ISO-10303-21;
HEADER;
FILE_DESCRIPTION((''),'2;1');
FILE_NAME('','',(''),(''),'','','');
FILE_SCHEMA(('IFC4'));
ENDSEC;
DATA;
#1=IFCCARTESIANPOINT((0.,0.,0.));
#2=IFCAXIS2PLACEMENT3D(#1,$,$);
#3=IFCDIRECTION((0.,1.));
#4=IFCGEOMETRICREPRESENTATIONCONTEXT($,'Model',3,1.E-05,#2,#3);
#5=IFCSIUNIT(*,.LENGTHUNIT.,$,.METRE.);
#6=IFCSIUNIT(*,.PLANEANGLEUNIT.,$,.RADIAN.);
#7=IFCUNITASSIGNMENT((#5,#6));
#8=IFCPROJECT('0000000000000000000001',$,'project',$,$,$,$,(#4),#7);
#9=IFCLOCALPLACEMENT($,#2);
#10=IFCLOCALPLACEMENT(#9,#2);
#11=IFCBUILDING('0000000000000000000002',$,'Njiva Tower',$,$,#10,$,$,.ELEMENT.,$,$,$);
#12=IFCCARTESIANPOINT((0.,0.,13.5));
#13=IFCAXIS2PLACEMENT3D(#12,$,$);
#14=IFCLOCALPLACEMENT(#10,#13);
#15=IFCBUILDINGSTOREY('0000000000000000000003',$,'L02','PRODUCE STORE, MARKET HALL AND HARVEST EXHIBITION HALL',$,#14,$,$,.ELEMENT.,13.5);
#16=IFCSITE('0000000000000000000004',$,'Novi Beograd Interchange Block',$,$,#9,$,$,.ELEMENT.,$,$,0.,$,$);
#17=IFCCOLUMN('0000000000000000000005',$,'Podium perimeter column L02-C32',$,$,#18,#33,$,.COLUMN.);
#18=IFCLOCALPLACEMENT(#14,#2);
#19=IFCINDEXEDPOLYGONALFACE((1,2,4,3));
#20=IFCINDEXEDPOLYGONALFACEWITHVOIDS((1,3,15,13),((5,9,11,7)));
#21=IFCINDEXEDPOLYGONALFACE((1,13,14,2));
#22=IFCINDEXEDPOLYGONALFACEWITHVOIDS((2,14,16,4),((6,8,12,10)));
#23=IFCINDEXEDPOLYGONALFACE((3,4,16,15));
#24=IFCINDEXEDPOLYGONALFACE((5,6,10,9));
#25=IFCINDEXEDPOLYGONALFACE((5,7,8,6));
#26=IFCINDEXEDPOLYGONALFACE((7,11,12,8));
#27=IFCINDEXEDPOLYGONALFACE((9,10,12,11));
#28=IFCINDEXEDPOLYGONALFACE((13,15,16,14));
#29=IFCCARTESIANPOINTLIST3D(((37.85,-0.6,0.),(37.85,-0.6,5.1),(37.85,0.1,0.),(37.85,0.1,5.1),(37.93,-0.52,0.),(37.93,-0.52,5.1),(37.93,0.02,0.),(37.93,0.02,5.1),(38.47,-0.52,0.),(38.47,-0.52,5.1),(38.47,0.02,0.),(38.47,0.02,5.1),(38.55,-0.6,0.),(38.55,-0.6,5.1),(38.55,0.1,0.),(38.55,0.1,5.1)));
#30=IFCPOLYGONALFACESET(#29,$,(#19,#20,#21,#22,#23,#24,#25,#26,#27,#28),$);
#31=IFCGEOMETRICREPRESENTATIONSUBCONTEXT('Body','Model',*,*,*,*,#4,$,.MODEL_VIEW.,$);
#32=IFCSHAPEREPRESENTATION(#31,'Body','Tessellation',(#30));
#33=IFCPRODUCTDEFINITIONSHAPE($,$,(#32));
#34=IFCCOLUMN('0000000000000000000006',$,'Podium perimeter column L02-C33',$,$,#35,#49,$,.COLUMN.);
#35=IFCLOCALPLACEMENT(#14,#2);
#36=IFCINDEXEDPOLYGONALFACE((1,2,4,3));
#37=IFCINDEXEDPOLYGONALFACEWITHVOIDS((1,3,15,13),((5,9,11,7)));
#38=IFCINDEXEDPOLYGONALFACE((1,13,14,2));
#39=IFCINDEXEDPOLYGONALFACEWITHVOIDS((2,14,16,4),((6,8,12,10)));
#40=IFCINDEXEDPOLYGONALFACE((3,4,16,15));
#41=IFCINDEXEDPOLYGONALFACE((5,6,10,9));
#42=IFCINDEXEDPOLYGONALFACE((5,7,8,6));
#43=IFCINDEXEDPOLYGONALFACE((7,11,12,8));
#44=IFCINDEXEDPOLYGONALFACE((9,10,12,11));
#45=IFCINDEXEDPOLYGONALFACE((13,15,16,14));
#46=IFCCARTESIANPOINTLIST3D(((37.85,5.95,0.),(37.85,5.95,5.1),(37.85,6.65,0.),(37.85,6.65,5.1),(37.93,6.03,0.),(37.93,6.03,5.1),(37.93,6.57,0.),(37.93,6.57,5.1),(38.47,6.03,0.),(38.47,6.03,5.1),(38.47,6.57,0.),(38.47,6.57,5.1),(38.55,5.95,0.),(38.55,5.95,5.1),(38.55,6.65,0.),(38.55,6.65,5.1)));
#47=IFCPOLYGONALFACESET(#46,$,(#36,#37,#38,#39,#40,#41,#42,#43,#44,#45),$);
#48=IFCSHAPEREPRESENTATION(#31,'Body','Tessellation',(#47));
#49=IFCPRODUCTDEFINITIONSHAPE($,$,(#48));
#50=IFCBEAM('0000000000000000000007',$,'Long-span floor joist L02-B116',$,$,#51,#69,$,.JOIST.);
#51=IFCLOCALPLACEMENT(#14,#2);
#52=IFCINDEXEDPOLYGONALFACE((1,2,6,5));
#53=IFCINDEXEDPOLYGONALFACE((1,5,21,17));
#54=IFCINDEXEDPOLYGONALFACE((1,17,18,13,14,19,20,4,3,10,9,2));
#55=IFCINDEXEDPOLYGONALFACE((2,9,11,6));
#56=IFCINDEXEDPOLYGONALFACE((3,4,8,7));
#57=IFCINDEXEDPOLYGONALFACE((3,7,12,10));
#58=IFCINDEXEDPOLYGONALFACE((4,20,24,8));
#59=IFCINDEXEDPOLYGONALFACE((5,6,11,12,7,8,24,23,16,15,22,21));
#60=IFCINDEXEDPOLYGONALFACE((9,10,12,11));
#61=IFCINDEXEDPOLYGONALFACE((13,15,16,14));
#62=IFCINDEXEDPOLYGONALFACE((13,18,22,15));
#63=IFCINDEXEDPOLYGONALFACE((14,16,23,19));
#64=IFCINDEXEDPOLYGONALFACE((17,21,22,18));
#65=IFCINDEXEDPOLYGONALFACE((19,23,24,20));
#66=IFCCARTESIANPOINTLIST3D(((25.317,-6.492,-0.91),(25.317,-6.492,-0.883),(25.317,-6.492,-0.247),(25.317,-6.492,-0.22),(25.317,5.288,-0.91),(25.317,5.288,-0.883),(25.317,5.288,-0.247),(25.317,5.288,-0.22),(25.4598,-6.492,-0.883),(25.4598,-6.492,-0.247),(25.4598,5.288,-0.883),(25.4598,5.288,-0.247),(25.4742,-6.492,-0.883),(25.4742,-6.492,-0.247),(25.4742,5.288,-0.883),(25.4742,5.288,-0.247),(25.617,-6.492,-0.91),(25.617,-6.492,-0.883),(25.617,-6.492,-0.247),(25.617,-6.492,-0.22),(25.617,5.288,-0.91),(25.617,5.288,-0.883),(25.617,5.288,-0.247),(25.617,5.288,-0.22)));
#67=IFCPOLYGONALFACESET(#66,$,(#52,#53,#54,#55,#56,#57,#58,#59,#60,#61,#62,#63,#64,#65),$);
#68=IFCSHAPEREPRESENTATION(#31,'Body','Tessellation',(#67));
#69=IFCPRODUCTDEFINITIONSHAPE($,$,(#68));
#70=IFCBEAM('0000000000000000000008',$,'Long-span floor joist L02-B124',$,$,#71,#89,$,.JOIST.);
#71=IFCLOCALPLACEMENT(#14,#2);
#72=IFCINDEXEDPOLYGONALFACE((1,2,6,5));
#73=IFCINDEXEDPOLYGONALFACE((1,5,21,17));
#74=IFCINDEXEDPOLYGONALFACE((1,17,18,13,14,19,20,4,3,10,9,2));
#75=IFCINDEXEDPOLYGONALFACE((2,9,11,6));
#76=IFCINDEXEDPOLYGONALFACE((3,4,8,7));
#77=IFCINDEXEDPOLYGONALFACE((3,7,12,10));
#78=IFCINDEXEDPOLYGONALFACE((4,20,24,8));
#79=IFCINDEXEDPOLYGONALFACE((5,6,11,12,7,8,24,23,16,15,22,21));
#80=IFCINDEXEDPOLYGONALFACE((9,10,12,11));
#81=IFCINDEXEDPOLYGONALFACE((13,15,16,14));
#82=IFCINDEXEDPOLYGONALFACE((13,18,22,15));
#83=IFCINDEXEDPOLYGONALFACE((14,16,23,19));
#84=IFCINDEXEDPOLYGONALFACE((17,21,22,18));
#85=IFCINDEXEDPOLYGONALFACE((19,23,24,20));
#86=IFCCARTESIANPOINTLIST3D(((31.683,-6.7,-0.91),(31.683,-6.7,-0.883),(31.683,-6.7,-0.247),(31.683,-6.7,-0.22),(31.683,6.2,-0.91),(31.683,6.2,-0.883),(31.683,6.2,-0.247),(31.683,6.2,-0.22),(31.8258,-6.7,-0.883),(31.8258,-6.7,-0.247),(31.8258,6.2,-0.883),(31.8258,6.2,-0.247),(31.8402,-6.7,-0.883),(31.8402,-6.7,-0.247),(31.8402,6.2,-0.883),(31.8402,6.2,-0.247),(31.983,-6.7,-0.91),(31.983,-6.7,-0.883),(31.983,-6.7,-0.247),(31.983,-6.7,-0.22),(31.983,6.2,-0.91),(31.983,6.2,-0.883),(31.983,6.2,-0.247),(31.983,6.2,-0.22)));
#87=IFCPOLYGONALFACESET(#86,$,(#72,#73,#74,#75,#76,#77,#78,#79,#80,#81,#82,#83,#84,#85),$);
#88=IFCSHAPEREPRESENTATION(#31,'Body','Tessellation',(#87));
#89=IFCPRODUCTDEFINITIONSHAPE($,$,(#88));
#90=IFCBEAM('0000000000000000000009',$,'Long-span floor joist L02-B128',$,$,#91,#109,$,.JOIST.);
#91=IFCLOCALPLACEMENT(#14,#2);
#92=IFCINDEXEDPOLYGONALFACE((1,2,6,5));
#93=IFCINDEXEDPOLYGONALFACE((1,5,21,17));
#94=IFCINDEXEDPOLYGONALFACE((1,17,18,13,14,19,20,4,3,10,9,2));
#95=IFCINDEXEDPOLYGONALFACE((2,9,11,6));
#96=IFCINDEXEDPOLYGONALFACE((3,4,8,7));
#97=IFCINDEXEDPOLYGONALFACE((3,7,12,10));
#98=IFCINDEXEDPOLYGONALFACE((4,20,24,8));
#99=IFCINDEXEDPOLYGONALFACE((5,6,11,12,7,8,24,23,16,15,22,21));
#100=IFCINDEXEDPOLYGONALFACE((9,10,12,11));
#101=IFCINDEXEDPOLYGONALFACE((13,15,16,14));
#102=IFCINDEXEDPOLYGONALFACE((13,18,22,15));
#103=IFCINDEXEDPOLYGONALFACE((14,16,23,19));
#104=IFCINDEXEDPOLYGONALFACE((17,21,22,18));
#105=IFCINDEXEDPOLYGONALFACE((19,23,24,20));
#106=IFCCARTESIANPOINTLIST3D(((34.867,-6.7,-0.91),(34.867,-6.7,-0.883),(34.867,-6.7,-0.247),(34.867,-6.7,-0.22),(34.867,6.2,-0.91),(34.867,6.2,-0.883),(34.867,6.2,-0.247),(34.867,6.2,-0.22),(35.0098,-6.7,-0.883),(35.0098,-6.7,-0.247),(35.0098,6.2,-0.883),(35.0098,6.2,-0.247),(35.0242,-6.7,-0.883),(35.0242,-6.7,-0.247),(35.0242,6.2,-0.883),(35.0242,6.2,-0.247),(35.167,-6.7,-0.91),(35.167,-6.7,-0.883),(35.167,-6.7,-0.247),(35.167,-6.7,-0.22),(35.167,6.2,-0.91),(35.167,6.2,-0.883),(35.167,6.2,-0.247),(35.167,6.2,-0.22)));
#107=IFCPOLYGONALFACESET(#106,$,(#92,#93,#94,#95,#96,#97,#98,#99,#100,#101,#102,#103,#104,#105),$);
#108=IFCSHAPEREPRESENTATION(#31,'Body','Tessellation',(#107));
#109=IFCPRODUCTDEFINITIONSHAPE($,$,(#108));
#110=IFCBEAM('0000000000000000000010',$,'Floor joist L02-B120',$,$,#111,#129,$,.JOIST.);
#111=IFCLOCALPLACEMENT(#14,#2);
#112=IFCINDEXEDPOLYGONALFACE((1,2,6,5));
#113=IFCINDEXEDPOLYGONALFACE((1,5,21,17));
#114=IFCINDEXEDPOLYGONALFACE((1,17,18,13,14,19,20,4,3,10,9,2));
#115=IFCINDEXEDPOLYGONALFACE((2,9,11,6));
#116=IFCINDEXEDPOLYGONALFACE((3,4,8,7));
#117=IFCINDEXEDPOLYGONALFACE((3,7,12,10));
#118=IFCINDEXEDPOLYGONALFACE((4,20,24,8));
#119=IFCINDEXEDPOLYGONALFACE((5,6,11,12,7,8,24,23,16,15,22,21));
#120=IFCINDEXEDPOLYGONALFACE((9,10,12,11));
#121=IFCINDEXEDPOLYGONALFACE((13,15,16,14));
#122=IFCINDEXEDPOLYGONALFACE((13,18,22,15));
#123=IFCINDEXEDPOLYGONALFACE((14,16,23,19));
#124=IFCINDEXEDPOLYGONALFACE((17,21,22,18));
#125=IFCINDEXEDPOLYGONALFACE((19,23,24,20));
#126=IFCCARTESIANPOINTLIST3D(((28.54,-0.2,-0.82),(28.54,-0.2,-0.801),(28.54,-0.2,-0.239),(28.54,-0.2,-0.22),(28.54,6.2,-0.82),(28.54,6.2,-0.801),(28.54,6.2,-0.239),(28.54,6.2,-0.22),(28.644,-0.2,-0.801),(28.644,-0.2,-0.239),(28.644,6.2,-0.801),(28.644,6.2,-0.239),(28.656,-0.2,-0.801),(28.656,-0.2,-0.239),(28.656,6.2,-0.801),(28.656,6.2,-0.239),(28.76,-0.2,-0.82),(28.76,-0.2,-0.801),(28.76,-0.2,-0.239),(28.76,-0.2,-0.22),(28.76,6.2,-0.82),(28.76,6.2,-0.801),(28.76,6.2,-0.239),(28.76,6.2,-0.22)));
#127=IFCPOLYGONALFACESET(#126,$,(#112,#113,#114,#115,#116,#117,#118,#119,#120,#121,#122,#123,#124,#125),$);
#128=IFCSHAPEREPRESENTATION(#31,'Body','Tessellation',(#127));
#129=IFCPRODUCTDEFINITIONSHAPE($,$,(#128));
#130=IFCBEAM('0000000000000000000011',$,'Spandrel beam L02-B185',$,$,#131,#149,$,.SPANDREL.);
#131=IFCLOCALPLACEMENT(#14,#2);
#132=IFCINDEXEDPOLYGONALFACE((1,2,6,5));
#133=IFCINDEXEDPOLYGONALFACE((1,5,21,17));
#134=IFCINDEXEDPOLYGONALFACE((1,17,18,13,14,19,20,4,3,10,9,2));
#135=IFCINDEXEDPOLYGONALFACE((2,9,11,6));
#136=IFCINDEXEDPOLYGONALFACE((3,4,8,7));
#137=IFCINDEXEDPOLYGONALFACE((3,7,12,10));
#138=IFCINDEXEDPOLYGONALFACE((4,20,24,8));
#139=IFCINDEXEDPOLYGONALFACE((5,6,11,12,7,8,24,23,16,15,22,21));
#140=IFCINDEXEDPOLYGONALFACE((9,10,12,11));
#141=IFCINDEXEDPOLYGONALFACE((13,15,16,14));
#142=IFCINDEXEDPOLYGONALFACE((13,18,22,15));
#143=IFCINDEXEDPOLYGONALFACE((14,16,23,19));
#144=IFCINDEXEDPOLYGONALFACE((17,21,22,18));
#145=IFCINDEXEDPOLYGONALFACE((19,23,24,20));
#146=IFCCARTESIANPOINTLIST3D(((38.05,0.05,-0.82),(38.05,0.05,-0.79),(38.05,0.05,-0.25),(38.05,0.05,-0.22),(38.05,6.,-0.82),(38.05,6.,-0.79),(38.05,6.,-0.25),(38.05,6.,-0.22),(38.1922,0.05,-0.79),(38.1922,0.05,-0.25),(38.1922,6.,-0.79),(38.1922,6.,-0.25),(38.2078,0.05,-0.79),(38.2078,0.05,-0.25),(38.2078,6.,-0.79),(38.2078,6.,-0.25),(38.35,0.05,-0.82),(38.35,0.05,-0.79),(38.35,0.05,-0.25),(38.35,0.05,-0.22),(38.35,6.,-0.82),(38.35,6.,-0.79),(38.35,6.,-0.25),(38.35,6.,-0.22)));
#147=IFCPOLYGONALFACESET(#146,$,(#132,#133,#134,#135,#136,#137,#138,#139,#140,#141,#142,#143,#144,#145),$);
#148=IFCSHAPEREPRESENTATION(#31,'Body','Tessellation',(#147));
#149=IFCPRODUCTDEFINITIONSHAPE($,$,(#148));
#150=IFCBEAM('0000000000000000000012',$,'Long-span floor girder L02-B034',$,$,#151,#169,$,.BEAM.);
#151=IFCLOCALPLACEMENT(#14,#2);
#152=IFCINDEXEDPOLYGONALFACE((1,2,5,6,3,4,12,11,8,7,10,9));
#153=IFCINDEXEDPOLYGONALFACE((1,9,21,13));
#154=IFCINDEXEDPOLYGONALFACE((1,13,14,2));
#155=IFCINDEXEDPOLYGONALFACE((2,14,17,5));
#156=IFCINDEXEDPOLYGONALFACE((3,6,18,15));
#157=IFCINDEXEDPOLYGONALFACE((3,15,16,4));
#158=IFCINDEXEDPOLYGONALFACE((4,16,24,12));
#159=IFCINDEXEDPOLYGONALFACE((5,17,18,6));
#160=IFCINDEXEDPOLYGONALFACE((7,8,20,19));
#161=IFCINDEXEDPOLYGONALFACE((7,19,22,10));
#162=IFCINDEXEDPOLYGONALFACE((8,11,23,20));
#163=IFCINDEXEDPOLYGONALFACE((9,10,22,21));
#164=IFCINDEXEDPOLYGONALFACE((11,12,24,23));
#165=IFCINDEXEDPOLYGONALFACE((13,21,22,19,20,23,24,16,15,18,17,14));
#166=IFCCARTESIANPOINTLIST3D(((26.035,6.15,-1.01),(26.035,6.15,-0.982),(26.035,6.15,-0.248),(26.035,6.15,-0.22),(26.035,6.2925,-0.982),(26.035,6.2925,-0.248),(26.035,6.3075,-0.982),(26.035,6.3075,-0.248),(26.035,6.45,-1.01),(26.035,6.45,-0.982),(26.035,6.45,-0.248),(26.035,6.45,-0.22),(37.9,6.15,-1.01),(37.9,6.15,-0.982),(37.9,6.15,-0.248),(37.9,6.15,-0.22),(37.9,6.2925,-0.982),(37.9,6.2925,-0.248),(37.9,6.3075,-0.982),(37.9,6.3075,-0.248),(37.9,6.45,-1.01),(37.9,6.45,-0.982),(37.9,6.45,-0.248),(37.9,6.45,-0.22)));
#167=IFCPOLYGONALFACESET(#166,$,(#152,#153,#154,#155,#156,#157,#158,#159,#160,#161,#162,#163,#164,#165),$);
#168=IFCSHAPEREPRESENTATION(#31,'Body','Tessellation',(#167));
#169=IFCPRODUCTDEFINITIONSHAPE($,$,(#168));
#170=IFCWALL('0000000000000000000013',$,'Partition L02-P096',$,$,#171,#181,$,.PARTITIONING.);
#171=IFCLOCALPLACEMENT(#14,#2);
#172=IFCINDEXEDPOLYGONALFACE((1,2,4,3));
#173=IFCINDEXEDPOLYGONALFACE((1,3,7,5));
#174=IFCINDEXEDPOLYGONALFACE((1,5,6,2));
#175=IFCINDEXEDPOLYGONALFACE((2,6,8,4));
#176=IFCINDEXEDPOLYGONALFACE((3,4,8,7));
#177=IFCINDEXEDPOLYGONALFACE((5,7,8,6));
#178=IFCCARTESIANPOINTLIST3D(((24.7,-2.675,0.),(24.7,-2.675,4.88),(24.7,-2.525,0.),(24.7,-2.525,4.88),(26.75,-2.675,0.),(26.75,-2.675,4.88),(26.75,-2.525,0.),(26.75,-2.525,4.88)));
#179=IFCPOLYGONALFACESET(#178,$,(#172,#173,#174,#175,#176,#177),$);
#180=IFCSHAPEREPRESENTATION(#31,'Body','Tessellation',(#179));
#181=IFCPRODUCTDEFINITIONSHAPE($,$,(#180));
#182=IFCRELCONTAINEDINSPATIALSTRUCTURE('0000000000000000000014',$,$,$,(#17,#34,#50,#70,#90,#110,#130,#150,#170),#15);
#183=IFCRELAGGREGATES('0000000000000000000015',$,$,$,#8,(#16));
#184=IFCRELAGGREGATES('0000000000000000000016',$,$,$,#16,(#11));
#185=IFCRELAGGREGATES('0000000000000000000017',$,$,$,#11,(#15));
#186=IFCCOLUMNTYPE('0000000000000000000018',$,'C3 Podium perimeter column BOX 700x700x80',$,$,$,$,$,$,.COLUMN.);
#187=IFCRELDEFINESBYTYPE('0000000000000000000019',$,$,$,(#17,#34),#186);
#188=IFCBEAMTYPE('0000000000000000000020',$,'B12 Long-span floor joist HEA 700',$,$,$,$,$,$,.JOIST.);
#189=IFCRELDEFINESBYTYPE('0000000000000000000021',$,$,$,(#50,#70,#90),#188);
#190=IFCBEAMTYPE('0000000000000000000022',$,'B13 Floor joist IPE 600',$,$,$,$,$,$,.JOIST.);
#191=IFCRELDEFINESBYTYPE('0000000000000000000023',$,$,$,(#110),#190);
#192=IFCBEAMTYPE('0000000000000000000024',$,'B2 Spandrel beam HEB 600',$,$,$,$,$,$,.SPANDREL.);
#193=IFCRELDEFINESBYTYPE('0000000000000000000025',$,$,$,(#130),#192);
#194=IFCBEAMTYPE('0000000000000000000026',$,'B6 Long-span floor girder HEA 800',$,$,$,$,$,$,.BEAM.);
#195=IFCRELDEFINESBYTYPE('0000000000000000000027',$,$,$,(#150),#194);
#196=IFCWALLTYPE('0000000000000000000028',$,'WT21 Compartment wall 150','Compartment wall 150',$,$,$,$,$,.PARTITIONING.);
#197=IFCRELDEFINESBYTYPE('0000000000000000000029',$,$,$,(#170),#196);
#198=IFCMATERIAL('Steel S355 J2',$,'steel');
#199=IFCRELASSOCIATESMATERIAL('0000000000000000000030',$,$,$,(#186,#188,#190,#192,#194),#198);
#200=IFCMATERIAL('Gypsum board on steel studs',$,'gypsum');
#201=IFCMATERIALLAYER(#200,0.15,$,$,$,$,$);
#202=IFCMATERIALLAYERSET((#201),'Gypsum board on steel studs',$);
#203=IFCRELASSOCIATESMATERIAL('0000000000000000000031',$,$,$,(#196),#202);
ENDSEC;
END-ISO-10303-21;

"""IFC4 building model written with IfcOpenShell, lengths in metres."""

from ifc_helpers import new_model, si_unit, direction, frame, frame_2d, origin, origin_2d, place, context, subcontext, project, spatial, rectangle, hollow_rectangle, i_section, extrude, material, layer, layer_set, material_profile, profile_set, type_object, element, save


model = new_model("IFC4")

# Units and contexts
model_context = context("Model", 3, precision=1e-05, world=origin(), true_north=direction((0.0, 1.0)))
body_context = subcontext(model_context, "Body", "Model", "MODEL_VIEW")
ifc_project = project(units=[si_unit("LENGTHUNIT", "METRE"), si_unit("PLANEANGLEUNIT", "RADIAN")], contexts=[model_context])

# Site, building, storey
site_placement = place(None, origin())
site = spatial("IfcSite", under=ifc_project, at=site_placement, Name="Novi Beograd Interchange Block", CompositionType="ELEMENT", RefElevation=0.0)
building_placement = place(site_placement, origin())
building = spatial("IfcBuilding", under=site, at=building_placement, Name="Njiva Tower", CompositionType="ELEMENT")
storey_placement = place(building_placement, frame((0.0, 0.0, 13.5)))
storey = spatial("IfcBuildingStorey", under=building, at=storey_placement, Name="L02", Description="PRODUCE STORE, MARKET HALL AND HARVEST EXHIBITION HALL", CompositionType="ELEMENT", Elevation=13.5)

# Columns
ifc_material_1 = material(Name="Steel S355 J2", Category="steel")
ifc_material_profile_1 = material_profile(ifc_material_1, hollow_rectangle(XDim=0.7, YDim=0.7, WallThickness=0.08, at=origin_2d()), Name="BOX 700x700x80")
ifc_profile_set_1 = profile_set([ifc_material_profile_1], Name="Steel S355 J2")
column_type = type_object("IfcColumnType", Name="C3 Podium perimeter column BOX 700x700x80", PredefinedType="COLUMN", material=ifc_profile_set_1)
for number, where, z_axis, x_axis, name in (
    (1, (38.2, -0.25, 0.0), (0.0, 0.0, 1.0), (0.0, 1.0, 0.0), "Podium perimeter column L02-C32"),
    (2, (38.2, 6.3, 0.0), (0.0, 0.0, 1.0), (0.0, 1.0, 0.0), "Podium perimeter column L02-C33"),
):
    element("IfcColumn", number, at=place(storey_placement, frame(where, z_axis=z_axis, x_axis=x_axis)), inside=storey, type_object=column_type, Name=name, PredefinedType="COLUMN", context=body_context, shape_type="SweptSolid", body=[
        extrude(hollow_rectangle(XDim=0.7, YDim=0.7, WallThickness=0.08, at=origin_2d()), origin(), (0.0, 0.0, 1.0), 5.1),
    ])

# Beams
ifc_material_profile_2 = material_profile(ifc_material_1, i_section(OverallWidth=0.3, OverallDepth=0.69, WebThickness=0.0145, FlangeThickness=0.027, at=origin_2d()), Name="HEA 700")
ifc_profile_set_2 = profile_set([ifc_material_profile_2], Name="Steel S355 J2")
beam_type_1 = type_object("IfcBeamType", Name="B12 Long-span floor joist HEA 700", PredefinedType="JOIST", material=ifc_profile_set_2)
beam_1_placement = place(storey_placement, frame((25.467, 5.288, -0.565), z_axis=(0.0, -1.0, 0.0), x_axis=(1.0, 0.0, 0.0)))
element("IfcBeam", 3, at=beam_1_placement, inside=storey, type_object=beam_type_1, Name="Long-span floor joist L02-B116", PredefinedType="JOIST", context=body_context, shape_type="SweptSolid", body=[
    extrude(i_section(OverallWidth=0.3, OverallDepth=0.69, WebThickness=0.0145, FlangeThickness=0.027, at=origin_2d()), origin(), (0.0, 0.0, 1.0), 11.78),
])
for number, where, z_axis, x_axis, name in (
    (4, (31.833, 6.2, -0.565), (0.0, -1.0, 0.0), (1.0, 0.0, 0.0), "Long-span floor joist L02-B124"),
    (5, (35.017, 6.2, -0.565), (0.0, -1.0, 0.0), (1.0, 0.0, 0.0), "Long-span floor joist L02-B128"),
):
    element("IfcBeam", number, at=place(storey_placement, frame(where, z_axis=z_axis, x_axis=x_axis)), inside=storey, type_object=beam_type_1, Name=name, PredefinedType="JOIST", context=body_context, shape_type="SweptSolid", body=[
        extrude(i_section(OverallWidth=0.3, OverallDepth=0.69, WebThickness=0.0145, FlangeThickness=0.027, at=origin_2d()), origin(), (0.0, 0.0, 1.0), 12.9),
    ])
ifc_material_profile_3 = material_profile(ifc_material_1, i_section(OverallWidth=0.22, OverallDepth=0.6, WebThickness=0.012, FlangeThickness=0.019, at=origin_2d()), Name="IPE 600")
ifc_profile_set_3 = profile_set([ifc_material_profile_3], Name="Steel S355 J2")
beam_type_2 = type_object("IfcBeamType", Name="B13 Floor joist IPE 600", PredefinedType="JOIST", material=ifc_profile_set_3)
beam_2_placement = place(storey_placement, frame((28.65, 6.2, -0.52), z_axis=(0.0, -1.0, 0.0), x_axis=(1.0, 0.0, 0.0)))
element("IfcBeam", 6, at=beam_2_placement, inside=storey, type_object=beam_type_2, Name="Floor joist L02-B120", PredefinedType="JOIST", context=body_context, shape_type="SweptSolid", body=[
    extrude(i_section(OverallWidth=0.22, OverallDepth=0.6, WebThickness=0.012, FlangeThickness=0.019, at=origin_2d()), origin(), (0.0, 0.0, 1.0), 6.4),
])
ifc_material_profile_4 = material_profile(ifc_material_1, i_section(OverallWidth=0.3, OverallDepth=0.6, WebThickness=0.0155, FlangeThickness=0.03, at=origin_2d()), Name="HEB 600")
ifc_profile_set_4 = profile_set([ifc_material_profile_4], Name="Steel S355 J2")
beam_type_3 = type_object("IfcBeamType", Name="B2 Spandrel beam HEB 600", PredefinedType="SPANDREL", material=ifc_profile_set_4)
beam_3_placement = place(storey_placement, frame((38.2, 0.05, -0.52), z_axis=(0.0, 1.0, 0.0), x_axis=(-1.0, 0.0, 0.0)))
element("IfcBeam", 7, at=beam_3_placement, inside=storey, type_object=beam_type_3, Name="Spandrel beam L02-B185", PredefinedType="SPANDREL", context=body_context, shape_type="SweptSolid", body=[
    extrude(i_section(OverallWidth=0.3, OverallDepth=0.6, WebThickness=0.0155, FlangeThickness=0.03, at=origin_2d()), origin(), (0.0, 0.0, 1.0), 5.95),
])
ifc_material_profile_5 = material_profile(ifc_material_1, i_section(OverallWidth=0.3, OverallDepth=0.79, WebThickness=0.015, FlangeThickness=0.028, at=origin_2d()), Name="HEA 800")
ifc_profile_set_5 = profile_set([ifc_material_profile_5], Name="Steel S355 J2")
beam_type_4 = type_object("IfcBeamType", Name="B6 Long-span floor girder HEA 800", PredefinedType="BEAM", material=ifc_profile_set_5)
beam_4_placement = place(storey_placement, frame((26.035, 6.3, -0.615), z_axis=(1.0, 0.0, 0.0), x_axis=(0.0, 1.0, 0.0)))
element("IfcBeam", 8, at=beam_4_placement, inside=storey, type_object=beam_type_4, Name="Long-span floor girder L02-B034", PredefinedType="BEAM", context=body_context, shape_type="SweptSolid", body=[
    extrude(i_section(OverallWidth=0.3, OverallDepth=0.79, WebThickness=0.015, FlangeThickness=0.028, at=origin_2d()), origin(), (0.0, 0.0, 1.0), 11.865),
])

# Wall
ifc_material_2 = material(Name="Gypsum board on steel studs", Category="gypsum")
ifc_layer_1 = layer(ifc_material_2, 0.15)
ifc_layer_set_1 = layer_set([ifc_layer_1], Name="Gypsum board on steel studs")
wall_type_1 = type_object("IfcWallType", Name="WT21 Compartment wall 150", Description="Compartment wall 150", PredefinedType="PARTITIONING", material=ifc_layer_set_1)
wall_1_placement = place(storey_placement, frame((24.7, -2.6, 0.0), z_axis=(0.0, 0.0, 1.0), x_axis=(1.0, 0.0, 0.0)))
element("IfcWall", 9, at=wall_1_placement, inside=storey, type_object=wall_type_1, Name="Partition L02-P096", PredefinedType="PARTITIONING", context=body_context, shape_type="SweptSolid", body=[
    extrude(rectangle(XDim=2.05, YDim=0.15, at=frame_2d((1.025, 0.0))), origin(), (0.0, 0.0, 1.0), 4.88),
])

save(model, "model.ifc")
